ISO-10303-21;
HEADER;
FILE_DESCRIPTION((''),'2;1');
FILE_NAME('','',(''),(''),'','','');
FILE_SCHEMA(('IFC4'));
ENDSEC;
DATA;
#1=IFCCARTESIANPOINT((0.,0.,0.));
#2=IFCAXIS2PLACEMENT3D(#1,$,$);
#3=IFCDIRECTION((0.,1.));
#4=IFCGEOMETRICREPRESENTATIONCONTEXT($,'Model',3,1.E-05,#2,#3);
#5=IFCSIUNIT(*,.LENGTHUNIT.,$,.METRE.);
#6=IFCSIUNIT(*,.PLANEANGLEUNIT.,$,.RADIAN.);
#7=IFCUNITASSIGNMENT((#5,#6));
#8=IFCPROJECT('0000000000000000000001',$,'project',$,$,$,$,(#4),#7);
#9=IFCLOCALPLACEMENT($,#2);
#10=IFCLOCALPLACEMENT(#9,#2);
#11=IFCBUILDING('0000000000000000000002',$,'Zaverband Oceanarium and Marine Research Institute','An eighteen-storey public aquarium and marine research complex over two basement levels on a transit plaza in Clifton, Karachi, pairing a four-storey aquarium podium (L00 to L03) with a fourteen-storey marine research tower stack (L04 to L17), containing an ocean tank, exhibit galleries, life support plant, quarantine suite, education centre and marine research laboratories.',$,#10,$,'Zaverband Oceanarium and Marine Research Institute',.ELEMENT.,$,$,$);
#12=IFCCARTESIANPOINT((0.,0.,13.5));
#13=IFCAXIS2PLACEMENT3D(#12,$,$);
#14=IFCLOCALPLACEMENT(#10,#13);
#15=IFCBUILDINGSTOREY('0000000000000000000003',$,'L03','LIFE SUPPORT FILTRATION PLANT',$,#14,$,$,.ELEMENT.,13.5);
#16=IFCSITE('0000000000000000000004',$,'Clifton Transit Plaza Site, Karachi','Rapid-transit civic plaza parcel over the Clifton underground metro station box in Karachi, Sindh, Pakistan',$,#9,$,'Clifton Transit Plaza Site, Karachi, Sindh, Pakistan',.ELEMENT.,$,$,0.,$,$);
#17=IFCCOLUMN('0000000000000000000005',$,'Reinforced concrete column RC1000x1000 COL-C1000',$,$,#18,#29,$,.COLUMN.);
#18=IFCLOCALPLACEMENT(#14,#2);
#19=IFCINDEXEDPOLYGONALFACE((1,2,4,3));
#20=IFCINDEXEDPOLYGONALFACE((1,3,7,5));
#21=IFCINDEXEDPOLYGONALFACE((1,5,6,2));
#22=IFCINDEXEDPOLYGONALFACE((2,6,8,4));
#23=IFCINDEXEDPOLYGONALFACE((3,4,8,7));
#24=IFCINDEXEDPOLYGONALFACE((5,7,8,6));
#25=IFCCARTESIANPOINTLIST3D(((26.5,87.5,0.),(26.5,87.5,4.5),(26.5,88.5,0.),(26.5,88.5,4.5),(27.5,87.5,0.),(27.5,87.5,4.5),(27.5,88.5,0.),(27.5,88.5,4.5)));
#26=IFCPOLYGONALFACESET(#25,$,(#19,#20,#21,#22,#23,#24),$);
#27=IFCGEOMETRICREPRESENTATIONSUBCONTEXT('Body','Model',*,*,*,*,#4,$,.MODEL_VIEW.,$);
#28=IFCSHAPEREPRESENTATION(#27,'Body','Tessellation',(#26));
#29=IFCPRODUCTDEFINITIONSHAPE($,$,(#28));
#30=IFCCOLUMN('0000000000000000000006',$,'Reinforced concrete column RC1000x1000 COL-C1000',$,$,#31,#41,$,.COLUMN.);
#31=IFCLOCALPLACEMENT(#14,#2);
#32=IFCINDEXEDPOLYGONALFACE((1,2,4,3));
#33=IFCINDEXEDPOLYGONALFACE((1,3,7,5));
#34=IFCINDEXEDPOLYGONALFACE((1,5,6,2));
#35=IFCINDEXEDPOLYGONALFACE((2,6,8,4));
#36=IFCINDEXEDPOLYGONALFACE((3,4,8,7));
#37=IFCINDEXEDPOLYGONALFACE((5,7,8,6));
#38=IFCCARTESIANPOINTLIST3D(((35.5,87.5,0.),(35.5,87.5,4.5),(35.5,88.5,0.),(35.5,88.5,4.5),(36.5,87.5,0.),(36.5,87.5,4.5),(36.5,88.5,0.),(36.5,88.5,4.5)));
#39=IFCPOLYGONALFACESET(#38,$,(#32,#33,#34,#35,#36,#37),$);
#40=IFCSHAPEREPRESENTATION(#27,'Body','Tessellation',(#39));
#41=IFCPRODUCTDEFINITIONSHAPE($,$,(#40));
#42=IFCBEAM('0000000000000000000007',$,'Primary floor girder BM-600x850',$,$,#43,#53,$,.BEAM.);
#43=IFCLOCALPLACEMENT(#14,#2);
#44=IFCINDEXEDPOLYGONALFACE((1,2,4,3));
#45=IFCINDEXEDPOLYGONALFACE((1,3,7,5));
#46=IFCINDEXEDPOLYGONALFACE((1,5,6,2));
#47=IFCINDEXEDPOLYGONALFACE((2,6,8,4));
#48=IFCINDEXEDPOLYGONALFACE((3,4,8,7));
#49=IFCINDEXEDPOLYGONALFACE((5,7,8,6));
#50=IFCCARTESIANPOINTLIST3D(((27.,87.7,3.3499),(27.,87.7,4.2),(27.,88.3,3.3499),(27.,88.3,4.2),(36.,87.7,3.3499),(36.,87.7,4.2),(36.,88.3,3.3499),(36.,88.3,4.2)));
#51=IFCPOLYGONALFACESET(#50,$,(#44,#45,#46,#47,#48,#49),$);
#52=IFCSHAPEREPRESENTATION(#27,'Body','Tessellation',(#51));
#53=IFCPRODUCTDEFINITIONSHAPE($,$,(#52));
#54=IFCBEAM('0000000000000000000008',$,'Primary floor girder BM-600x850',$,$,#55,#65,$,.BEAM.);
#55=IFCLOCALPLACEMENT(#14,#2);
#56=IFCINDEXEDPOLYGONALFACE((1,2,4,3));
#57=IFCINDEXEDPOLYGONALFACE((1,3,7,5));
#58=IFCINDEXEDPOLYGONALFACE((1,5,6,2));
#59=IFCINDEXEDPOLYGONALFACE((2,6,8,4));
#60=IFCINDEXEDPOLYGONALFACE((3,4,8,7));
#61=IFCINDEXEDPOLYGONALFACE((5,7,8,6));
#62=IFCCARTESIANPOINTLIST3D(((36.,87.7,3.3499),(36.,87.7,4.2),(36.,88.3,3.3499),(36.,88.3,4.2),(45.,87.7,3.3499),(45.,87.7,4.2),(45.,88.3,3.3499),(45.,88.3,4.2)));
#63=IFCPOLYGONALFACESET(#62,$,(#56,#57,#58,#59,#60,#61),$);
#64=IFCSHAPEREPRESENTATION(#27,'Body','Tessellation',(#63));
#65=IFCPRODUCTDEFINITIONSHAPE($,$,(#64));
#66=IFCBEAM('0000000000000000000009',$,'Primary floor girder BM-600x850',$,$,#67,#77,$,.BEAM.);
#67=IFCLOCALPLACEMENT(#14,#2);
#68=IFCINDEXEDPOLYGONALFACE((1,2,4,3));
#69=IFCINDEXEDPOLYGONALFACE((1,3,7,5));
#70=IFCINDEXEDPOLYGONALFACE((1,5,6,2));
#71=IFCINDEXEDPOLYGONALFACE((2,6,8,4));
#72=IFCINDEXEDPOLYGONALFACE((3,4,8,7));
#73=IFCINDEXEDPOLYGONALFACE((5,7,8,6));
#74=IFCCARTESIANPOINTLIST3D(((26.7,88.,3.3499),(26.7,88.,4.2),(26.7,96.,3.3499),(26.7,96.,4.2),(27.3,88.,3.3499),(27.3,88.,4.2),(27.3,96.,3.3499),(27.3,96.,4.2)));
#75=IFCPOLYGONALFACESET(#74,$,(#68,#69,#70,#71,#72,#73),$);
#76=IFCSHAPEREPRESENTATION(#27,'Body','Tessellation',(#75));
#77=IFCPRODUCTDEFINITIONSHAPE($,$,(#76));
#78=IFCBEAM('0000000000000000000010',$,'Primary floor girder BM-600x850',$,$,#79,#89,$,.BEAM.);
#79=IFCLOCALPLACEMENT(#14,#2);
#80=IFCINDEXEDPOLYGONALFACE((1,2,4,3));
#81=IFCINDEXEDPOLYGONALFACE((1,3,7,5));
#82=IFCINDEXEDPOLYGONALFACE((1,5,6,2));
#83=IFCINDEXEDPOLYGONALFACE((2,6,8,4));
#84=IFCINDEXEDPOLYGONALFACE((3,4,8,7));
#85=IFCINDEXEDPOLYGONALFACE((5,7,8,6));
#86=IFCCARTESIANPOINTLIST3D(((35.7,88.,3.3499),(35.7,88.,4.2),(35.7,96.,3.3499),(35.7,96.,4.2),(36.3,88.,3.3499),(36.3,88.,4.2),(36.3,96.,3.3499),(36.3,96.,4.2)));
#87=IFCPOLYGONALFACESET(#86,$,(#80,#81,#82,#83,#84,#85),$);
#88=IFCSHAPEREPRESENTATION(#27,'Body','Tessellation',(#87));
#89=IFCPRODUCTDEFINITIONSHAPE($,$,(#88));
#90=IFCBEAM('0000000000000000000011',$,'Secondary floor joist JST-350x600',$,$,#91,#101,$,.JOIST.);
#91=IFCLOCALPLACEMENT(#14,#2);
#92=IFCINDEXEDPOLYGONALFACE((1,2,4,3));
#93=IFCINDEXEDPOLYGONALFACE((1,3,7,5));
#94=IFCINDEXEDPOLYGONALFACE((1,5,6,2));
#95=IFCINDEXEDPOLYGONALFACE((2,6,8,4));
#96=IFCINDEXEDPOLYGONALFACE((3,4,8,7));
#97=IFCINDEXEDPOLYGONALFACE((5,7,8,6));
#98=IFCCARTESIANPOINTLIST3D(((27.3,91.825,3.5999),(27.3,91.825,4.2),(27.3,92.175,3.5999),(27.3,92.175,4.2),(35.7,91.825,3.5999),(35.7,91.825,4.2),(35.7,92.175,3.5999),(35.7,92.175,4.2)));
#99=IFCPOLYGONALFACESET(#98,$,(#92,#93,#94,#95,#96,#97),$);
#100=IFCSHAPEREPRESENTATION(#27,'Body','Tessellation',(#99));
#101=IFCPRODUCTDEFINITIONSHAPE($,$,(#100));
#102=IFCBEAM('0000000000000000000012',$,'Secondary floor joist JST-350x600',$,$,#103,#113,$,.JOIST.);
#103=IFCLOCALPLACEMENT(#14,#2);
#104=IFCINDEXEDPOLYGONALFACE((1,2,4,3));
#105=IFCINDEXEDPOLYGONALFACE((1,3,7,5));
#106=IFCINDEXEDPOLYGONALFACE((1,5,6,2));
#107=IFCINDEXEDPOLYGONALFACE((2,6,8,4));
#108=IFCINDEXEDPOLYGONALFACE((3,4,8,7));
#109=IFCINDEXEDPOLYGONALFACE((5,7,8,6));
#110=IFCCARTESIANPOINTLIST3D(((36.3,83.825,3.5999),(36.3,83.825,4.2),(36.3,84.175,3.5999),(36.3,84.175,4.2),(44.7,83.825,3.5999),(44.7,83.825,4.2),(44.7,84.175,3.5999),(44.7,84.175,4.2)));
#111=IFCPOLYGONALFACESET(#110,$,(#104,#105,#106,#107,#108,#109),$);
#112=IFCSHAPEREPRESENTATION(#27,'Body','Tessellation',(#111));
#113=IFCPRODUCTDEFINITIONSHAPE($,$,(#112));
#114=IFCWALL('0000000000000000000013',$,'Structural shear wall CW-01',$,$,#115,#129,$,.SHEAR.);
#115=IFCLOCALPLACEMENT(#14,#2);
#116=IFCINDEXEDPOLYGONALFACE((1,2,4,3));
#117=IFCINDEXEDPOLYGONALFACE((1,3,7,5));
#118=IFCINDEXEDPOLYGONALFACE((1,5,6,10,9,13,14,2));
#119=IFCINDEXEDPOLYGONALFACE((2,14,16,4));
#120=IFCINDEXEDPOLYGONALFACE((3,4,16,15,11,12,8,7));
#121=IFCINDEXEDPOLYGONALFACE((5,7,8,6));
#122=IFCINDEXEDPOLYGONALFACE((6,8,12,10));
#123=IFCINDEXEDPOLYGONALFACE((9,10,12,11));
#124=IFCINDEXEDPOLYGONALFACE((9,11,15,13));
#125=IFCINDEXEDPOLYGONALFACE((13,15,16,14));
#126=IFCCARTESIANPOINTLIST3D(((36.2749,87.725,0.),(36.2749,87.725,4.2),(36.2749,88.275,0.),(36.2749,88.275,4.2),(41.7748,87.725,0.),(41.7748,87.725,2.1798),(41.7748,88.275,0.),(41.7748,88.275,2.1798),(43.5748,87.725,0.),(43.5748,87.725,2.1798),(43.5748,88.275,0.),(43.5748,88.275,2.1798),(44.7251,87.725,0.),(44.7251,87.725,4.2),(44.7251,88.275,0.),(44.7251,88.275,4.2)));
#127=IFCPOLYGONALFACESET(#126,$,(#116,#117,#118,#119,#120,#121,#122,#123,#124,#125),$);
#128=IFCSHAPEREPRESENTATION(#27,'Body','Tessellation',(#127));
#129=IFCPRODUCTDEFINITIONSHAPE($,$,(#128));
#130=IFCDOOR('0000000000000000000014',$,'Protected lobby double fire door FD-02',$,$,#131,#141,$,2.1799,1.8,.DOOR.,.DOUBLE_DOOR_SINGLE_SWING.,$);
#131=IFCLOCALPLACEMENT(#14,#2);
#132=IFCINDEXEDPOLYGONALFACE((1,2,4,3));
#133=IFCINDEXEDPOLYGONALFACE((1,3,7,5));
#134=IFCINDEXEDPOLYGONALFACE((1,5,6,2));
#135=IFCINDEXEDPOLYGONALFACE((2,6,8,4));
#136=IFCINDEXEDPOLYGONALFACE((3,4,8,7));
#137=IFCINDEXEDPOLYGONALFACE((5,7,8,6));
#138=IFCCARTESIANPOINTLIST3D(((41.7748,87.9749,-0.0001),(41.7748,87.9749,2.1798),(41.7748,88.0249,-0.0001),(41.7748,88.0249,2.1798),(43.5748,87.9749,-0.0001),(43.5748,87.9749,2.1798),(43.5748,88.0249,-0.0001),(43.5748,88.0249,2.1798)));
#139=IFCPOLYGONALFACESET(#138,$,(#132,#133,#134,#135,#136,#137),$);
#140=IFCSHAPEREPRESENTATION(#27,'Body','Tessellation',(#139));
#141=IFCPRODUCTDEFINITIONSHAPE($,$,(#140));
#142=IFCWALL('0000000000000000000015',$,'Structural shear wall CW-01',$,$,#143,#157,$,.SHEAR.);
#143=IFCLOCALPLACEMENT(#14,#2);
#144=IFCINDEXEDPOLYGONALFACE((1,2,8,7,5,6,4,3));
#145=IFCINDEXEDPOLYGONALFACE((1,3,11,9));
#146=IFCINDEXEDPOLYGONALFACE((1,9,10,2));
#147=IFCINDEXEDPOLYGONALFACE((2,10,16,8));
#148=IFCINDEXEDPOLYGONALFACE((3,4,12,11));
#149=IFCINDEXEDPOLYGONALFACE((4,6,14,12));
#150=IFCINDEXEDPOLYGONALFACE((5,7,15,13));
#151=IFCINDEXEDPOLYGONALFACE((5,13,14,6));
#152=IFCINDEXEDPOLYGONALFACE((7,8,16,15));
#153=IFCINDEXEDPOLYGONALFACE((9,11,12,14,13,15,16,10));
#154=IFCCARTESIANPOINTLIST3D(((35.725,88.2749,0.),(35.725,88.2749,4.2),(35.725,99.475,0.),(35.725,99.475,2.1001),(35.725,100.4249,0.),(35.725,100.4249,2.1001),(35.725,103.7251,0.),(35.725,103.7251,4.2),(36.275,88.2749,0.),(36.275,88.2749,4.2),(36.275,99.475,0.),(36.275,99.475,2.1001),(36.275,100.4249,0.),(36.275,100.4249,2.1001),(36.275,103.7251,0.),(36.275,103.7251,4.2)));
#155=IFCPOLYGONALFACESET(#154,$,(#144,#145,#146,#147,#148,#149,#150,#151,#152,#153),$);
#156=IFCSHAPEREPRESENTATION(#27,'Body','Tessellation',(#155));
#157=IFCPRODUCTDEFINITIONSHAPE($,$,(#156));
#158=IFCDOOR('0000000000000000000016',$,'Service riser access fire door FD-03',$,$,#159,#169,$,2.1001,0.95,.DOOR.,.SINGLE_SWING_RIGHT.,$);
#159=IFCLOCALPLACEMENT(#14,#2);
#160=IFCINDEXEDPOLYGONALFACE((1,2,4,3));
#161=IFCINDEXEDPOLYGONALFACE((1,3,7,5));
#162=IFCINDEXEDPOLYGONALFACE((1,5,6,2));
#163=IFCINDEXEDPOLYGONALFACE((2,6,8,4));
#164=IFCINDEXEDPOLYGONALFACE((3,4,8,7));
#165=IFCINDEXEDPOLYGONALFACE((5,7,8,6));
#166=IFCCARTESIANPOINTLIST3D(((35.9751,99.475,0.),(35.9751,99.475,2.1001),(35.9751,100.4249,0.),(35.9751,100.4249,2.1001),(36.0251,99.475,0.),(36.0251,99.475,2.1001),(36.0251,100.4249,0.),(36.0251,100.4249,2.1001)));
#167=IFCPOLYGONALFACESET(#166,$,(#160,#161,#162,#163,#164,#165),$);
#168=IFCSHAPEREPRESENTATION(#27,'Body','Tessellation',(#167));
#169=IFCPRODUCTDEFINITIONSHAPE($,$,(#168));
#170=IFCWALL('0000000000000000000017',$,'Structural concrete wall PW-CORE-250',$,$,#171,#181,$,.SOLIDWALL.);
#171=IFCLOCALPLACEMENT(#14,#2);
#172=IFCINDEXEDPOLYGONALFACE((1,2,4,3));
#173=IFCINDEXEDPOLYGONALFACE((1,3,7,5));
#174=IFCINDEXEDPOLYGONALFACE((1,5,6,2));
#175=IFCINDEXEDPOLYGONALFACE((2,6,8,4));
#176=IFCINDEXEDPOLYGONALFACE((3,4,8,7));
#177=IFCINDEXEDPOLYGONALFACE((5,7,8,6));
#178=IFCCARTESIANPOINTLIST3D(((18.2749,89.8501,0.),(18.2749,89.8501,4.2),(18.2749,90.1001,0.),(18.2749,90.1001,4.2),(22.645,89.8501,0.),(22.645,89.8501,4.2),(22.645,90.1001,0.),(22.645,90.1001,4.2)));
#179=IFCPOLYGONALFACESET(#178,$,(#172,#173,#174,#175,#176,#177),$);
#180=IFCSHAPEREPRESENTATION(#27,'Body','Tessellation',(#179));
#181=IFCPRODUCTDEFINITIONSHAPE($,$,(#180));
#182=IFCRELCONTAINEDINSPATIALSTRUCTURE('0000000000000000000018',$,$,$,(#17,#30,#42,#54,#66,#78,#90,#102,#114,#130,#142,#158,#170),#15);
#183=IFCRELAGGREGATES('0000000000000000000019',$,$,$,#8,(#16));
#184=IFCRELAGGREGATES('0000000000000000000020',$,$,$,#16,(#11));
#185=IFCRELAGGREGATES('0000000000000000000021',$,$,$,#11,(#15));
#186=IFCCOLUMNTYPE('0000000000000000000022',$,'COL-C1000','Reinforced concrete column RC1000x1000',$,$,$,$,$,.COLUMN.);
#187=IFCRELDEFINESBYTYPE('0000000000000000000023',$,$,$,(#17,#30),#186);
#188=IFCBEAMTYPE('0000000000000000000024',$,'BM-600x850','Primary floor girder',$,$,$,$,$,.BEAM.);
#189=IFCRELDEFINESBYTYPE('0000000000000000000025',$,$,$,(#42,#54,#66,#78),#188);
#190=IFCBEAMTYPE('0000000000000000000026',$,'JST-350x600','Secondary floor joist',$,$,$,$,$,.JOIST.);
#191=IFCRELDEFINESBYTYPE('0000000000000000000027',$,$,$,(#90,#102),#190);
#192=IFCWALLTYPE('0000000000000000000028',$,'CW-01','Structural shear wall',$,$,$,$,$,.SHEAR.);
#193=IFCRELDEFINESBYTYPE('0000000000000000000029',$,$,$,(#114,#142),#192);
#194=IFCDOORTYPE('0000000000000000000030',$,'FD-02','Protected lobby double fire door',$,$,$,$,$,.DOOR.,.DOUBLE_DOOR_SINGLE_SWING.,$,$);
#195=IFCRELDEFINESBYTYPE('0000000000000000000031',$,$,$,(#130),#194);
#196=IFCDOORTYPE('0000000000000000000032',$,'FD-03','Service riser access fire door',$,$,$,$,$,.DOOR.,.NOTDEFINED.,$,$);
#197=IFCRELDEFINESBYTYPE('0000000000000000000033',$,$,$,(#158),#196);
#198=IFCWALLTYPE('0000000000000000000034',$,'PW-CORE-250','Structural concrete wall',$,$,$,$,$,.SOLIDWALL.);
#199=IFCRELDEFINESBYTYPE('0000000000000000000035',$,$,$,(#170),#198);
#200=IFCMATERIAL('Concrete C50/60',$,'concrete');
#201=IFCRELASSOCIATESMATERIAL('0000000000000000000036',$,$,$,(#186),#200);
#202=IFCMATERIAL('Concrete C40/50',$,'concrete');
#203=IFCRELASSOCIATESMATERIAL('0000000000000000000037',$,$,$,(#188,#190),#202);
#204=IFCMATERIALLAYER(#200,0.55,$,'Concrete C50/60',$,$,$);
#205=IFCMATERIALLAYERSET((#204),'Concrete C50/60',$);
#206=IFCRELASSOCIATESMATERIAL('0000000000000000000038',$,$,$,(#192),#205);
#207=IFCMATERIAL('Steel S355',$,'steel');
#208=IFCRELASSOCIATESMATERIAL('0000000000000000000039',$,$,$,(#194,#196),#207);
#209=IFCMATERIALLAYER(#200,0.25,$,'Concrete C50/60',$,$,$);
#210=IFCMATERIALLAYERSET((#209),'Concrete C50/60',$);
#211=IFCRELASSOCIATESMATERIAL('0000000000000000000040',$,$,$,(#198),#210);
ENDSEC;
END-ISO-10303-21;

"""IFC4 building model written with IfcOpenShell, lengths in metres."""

from ifc_helpers import new_model, si_unit, direction, frame, frame_2d, origin, origin_2d, place, context, subcontext, project, spatial, rectangle, extrude, material, layer, layer_set, material_profile, profile_set, type_object, element, fill, save


model = new_model("IFC4")

# Units and contexts
model_context = context("Model", 3, precision=1e-05, world=origin(), true_north=direction((0.0, 1.0)))
body_context = subcontext(model_context, "Body", "Model", "MODEL_VIEW")
ifc_project = project(units=[si_unit("LENGTHUNIT", "METRE"), si_unit("PLANEANGLEUNIT", "RADIAN")], contexts=[model_context])

# Site, building, storey
site_placement = place(None, origin())
site = spatial("IfcSite", under=ifc_project, at=site_placement, Name="Clifton Transit Plaza Site, Karachi", Description="Rapid-transit civic plaza parcel over the Clifton underground metro station box in Karachi, Sindh, Pakistan", LongName="Clifton Transit Plaza Site, Karachi, Sindh, Pakistan", CompositionType="ELEMENT", RefElevation=0.0)
building_placement = place(site_placement, origin())
building = spatial("IfcBuilding", under=site, at=building_placement, Name="Zaverband Oceanarium and Marine Research Institute", Description="An eighteen-storey public aquarium and marine research complex over two basement levels on a transit plaza in Clifton, Karachi, pairing a four-storey aquarium podium (L00 to L03) with a fourteen-storey marine research tower stack (L04 to L17), containing an ocean tank, exhibit galleries, life support plant, quarantine suite, education centre and marine research laboratories.", LongName="Zaverband Oceanarium and Marine Research Institute", CompositionType="ELEMENT")
storey_placement = place(building_placement, frame((0.0, 0.0, 13.5)))
storey = spatial("IfcBuildingStorey", under=building, at=storey_placement, Name="L03", Description="LIFE SUPPORT FILTRATION PLANT", CompositionType="ELEMENT", Elevation=13.5)

# Columns
ifc_material_1 = material(Name="Concrete C50/60", Category="concrete")
ifc_material_profile_1 = material_profile(ifc_material_1, rectangle(XDim=1.0, YDim=1.0, at=origin_2d()), Name="RC1000x1000")
ifc_profile_set_1 = profile_set([ifc_material_profile_1], Name="Concrete C50/60")
column_type = type_object("IfcColumnType", Name="COL-C1000", Description="Reinforced concrete column RC1000x1000", PredefinedType="COLUMN", material=ifc_profile_set_1)
for number, where, z_axis, x_axis, name in (
    (1, (27.0, 88.0, 0.0), (0.0, 0.0, 1.0), (1.0, 0.0, 0.0), "Reinforced concrete column RC1000x1000 COL-C1000"),
    (2, (36.0, 88.0, 0.0), (0.0, 0.0, 1.0), (1.0, 0.0, 0.0), "Reinforced concrete column RC1000x1000 COL-C1000"),
):
    element("IfcColumn", number, at=place(storey_placement, frame(where, z_axis=z_axis, x_axis=x_axis)), inside=storey, type_object=column_type, Name=name, PredefinedType="COLUMN", context=body_context, shape_type="SweptSolid", body=[
        extrude(rectangle(XDim=1.0, YDim=1.0, at=origin_2d()), origin(), (0.0, 0.0, 1.0), 4.5),
    ])

# Beams
ifc_material_2 = material(Name="Concrete C40/50", Category="concrete")
ifc_material_profile_2 = material_profile(ifc_material_2, rectangle(XDim=0.6001, YDim=0.8501, at=origin_2d()), Name="RC600x850")
ifc_profile_set_2 = profile_set([ifc_material_profile_2], Name="Concrete C40/50")
beam_type_1 = type_object("IfcBeamType", Name="BM-600x850", Description="Primary floor girder", PredefinedType="BEAM", material=ifc_profile_set_2)
for number, where, z_axis, x_axis, name in (
    (3, (27.0, 88.0, 3.7749), (1.0, 0.0, 0.0), (0.0, 1.0, 0.0), "Primary floor girder BM-600x850"),
    (4, (36.0, 88.0, 3.7749), (1.0, 0.0, 0.0), (0.0, 1.0, 0.0), "Primary floor girder BM-600x850"),
):
    element("IfcBeam", number, at=place(storey_placement, frame(where, z_axis=z_axis, x_axis=x_axis)), inside=storey, type_object=beam_type_1, Name=name, PredefinedType="BEAM", context=body_context, shape_type="SweptSolid", body=[
        extrude(rectangle(XDim=0.6001, YDim=0.8501, at=origin_2d()), origin(), (0.0, 0.0, 1.0), 9.0),
    ])
for number, where, z_axis, x_axis, name in (
    (5, (27.0, 88.0, 3.7749), (0.0, 1.0, 0.0), (-1.0, 0.0, 0.0), "Primary floor girder BM-600x850"),
    (6, (36.0, 88.0, 3.7749), (0.0, 1.0, 0.0), (-1.0, 0.0, 0.0), "Primary floor girder BM-600x850"),
):
    element("IfcBeam", number, at=place(storey_placement, frame(where, z_axis=z_axis, x_axis=x_axis)), inside=storey, type_object=beam_type_1, Name=name, PredefinedType="BEAM", context=body_context, shape_type="SweptSolid", body=[
        extrude(rectangle(XDim=0.6001, YDim=0.8501, at=origin_2d()), origin(), (0.0, 0.0, 1.0), 8.0),
    ])
ifc_material_profile_3 = material_profile(ifc_material_2, rectangle(XDim=0.3501, YDim=0.6001, at=origin_2d()), Name="RC350x600")
ifc_profile_set_3 = profile_set([ifc_material_profile_3], Name="Concrete C40/50")
beam_type_2 = type_object("IfcBeamType", Name="JST-350x600", Description="Secondary floor joist", PredefinedType="JOIST", material=ifc_profile_set_3)
for number, where, z_axis, x_axis, name in (
    (7, (27.3, 92.0, 3.8999), (1.0, 0.0, 0.0), (0.0, 1.0, 0.0), "Secondary floor joist JST-350x600"),
    (8, (36.3, 84.0, 3.8999), (1.0, 0.0, 0.0), (0.0, 1.0, 0.0), "Secondary floor joist JST-350x600"),
):
    element("IfcBeam", number, at=place(storey_placement, frame(where, z_axis=z_axis, x_axis=x_axis)), inside=storey, type_object=beam_type_2, Name=name, PredefinedType="JOIST", context=body_context, shape_type="SweptSolid", body=[
        extrude(rectangle(XDim=0.3501, YDim=0.6001, at=origin_2d()), origin(), (0.0, 0.0, 1.0), 8.3999),
    ])

# Walls, openings, doors
ifc_layer_1 = layer(ifc_material_1, 0.55, Name="Concrete C50/60")
ifc_layer_set_1 = layer_set([ifc_layer_1], Name="Concrete C50/60")
wall_type_1 = type_object("IfcWallType", Name="CW-01", Description="Structural shear wall", PredefinedType="SHEAR", material=ifc_layer_set_1)
wall_1_placement = place(storey_placement, frame((36.2749, 88.0, 0.0), z_axis=(0.0, 0.0, 1.0), x_axis=(1.0, 0.0, 0.0)))
wall_1 = element("IfcWall", 9, at=wall_1_placement, inside=storey, type_object=wall_type_1, Name="Structural shear wall CW-01", PredefinedType="SHEAR", context=body_context, shape_type="SweptSolid", body=[
    extrude(rectangle(XDim=8.4502, YDim=0.55, at=frame_2d((4.2251, 0.0))), origin(), (0.0, 0.0, 1.0), 4.2),
])
opening_1_placement = place(wall_1_placement, frame((5.5, 0.0, 0.0)))
opening_1 = element("IfcOpeningElement", 10, at=opening_1_placement, cuts=wall_1, PredefinedType="OPENING", context=body_context, shape_type="SweptSolid", body=[
    extrude(rectangle(XDim=1.8, YDim=2.1799, at=frame_2d((0.8999, 1.0898))), frame((0.0, 0.2871, 0.0), z_axis=(0.0, -1.0, 0.0), x_axis=(1.0, 0.0, 0.0)), (0.0, 0.0, 1.0), 0.574),
])
ifc_material_3 = material(Name="Steel S355", Category="steel")
door_type_1 = type_object("IfcDoorType", Name="FD-02", Description="Protected lobby double fire door", OperationType="DOUBLE_DOOR_SINGLE_SWING", PredefinedType="DOOR", material=ifc_material_3)
door_1_placement = place(opening_1_placement, origin())
door_1 = element("IfcDoor", 11, at=door_1_placement, inside=storey, type_object=door_type_1, Name="Protected lobby double fire door FD-02", OperationType="DOUBLE_DOOR_SINGLE_SWING", OverallHeight=2.1799, OverallWidth=1.8, PredefinedType="DOOR", context=body_context, shape_type="SweptSolid", body=[
    extrude(rectangle(XDim=1.8, YDim=2.1799, at=frame_2d((0.8999, 1.0898))), frame((0.0, 0.0249, 0.0), z_axis=(0.0, -1.0, 0.0), x_axis=(1.0, 0.0, 0.0)), (0.0, 0.0, 1.0), 0.05),
])
fill(opening_1, door_1)
wall_2_placement = place(storey_placement, frame((36.0, 88.2749, 0.0), z_axis=(0.0, 0.0, 1.0), x_axis=(0.0, 1.0, 0.0)))
wall_2 = element("IfcWall", 12, at=wall_2_placement, inside=storey, type_object=wall_type_1, Name="Structural shear wall CW-01", PredefinedType="SHEAR", context=body_context, shape_type="SweptSolid", body=[
    extrude(rectangle(XDim=15.4502, YDim=0.55, at=frame_2d((7.7251, 0.0))), origin(), (0.0, 0.0, 1.0), 4.2),
])
opening_2_placement = place(wall_2_placement, frame((11.2, 0.0, 0.0)))
opening_2 = element("IfcOpeningElement", 13, at=opening_2_placement, cuts=wall_2, PredefinedType="OPENING", context=body_context, shape_type="SweptSolid", body=[
    extrude(rectangle(XDim=0.95, YDim=2.1001, at=frame_2d((0.4751, 1.05))), frame((0.0, 0.2871, 0.0), z_axis=(0.0, -1.0, 0.0), x_axis=(1.0, 0.0, 0.0)), (0.0, 0.0, 1.0), 0.574),
])
door_type_2 = type_object("IfcDoorType", Name="FD-03", Description="Service riser access fire door", OperationType="NOTDEFINED", PredefinedType="DOOR", material=ifc_material_3)
door_2_placement = place(opening_2_placement, origin())
door_2 = element("IfcDoor", 14, at=door_2_placement, inside=storey, type_object=door_type_2, Name="Service riser access fire door FD-03", OperationType="SINGLE_SWING_RIGHT", OverallHeight=2.1001, OverallWidth=0.95, PredefinedType="DOOR", context=body_context, shape_type="SweptSolid", body=[
    extrude(rectangle(XDim=0.95, YDim=2.1001, at=frame_2d((0.4751, 1.05))), frame((0.0, 0.0249, 0.0), z_axis=(0.0, -1.0, 0.0), x_axis=(1.0, 0.0, 0.0)), (0.0, 0.0, 1.0), 0.05),
])
fill(opening_2, door_2)

# Wall
ifc_layer_2 = layer(ifc_material_1, 0.25, Name="Concrete C50/60")
ifc_layer_set_2 = layer_set([ifc_layer_2], Name="Concrete C50/60")
wall_type_2 = type_object("IfcWallType", Name="PW-CORE-250", Description="Structural concrete wall", PredefinedType="SOLIDWALL", material=ifc_layer_set_2)
wall_3_placement = place(storey_placement, frame((18.2749, 89.9751, 0.0), z_axis=(0.0, 0.0, 1.0), x_axis=(1.0, 0.0, 0.0)))
element("IfcWall", 15, at=wall_3_placement, inside=storey, type_object=wall_type_2, Name="Structural concrete wall PW-CORE-250", PredefinedType="SOLIDWALL", context=body_context, shape_type="SweptSolid", body=[
    extrude(rectangle(XDim=4.3701, YDim=0.25, at=frame_2d((2.1851, 0.0))), origin(), (0.0, 0.0, 1.0), 4.2),
])

save(model, "model.ifc")
